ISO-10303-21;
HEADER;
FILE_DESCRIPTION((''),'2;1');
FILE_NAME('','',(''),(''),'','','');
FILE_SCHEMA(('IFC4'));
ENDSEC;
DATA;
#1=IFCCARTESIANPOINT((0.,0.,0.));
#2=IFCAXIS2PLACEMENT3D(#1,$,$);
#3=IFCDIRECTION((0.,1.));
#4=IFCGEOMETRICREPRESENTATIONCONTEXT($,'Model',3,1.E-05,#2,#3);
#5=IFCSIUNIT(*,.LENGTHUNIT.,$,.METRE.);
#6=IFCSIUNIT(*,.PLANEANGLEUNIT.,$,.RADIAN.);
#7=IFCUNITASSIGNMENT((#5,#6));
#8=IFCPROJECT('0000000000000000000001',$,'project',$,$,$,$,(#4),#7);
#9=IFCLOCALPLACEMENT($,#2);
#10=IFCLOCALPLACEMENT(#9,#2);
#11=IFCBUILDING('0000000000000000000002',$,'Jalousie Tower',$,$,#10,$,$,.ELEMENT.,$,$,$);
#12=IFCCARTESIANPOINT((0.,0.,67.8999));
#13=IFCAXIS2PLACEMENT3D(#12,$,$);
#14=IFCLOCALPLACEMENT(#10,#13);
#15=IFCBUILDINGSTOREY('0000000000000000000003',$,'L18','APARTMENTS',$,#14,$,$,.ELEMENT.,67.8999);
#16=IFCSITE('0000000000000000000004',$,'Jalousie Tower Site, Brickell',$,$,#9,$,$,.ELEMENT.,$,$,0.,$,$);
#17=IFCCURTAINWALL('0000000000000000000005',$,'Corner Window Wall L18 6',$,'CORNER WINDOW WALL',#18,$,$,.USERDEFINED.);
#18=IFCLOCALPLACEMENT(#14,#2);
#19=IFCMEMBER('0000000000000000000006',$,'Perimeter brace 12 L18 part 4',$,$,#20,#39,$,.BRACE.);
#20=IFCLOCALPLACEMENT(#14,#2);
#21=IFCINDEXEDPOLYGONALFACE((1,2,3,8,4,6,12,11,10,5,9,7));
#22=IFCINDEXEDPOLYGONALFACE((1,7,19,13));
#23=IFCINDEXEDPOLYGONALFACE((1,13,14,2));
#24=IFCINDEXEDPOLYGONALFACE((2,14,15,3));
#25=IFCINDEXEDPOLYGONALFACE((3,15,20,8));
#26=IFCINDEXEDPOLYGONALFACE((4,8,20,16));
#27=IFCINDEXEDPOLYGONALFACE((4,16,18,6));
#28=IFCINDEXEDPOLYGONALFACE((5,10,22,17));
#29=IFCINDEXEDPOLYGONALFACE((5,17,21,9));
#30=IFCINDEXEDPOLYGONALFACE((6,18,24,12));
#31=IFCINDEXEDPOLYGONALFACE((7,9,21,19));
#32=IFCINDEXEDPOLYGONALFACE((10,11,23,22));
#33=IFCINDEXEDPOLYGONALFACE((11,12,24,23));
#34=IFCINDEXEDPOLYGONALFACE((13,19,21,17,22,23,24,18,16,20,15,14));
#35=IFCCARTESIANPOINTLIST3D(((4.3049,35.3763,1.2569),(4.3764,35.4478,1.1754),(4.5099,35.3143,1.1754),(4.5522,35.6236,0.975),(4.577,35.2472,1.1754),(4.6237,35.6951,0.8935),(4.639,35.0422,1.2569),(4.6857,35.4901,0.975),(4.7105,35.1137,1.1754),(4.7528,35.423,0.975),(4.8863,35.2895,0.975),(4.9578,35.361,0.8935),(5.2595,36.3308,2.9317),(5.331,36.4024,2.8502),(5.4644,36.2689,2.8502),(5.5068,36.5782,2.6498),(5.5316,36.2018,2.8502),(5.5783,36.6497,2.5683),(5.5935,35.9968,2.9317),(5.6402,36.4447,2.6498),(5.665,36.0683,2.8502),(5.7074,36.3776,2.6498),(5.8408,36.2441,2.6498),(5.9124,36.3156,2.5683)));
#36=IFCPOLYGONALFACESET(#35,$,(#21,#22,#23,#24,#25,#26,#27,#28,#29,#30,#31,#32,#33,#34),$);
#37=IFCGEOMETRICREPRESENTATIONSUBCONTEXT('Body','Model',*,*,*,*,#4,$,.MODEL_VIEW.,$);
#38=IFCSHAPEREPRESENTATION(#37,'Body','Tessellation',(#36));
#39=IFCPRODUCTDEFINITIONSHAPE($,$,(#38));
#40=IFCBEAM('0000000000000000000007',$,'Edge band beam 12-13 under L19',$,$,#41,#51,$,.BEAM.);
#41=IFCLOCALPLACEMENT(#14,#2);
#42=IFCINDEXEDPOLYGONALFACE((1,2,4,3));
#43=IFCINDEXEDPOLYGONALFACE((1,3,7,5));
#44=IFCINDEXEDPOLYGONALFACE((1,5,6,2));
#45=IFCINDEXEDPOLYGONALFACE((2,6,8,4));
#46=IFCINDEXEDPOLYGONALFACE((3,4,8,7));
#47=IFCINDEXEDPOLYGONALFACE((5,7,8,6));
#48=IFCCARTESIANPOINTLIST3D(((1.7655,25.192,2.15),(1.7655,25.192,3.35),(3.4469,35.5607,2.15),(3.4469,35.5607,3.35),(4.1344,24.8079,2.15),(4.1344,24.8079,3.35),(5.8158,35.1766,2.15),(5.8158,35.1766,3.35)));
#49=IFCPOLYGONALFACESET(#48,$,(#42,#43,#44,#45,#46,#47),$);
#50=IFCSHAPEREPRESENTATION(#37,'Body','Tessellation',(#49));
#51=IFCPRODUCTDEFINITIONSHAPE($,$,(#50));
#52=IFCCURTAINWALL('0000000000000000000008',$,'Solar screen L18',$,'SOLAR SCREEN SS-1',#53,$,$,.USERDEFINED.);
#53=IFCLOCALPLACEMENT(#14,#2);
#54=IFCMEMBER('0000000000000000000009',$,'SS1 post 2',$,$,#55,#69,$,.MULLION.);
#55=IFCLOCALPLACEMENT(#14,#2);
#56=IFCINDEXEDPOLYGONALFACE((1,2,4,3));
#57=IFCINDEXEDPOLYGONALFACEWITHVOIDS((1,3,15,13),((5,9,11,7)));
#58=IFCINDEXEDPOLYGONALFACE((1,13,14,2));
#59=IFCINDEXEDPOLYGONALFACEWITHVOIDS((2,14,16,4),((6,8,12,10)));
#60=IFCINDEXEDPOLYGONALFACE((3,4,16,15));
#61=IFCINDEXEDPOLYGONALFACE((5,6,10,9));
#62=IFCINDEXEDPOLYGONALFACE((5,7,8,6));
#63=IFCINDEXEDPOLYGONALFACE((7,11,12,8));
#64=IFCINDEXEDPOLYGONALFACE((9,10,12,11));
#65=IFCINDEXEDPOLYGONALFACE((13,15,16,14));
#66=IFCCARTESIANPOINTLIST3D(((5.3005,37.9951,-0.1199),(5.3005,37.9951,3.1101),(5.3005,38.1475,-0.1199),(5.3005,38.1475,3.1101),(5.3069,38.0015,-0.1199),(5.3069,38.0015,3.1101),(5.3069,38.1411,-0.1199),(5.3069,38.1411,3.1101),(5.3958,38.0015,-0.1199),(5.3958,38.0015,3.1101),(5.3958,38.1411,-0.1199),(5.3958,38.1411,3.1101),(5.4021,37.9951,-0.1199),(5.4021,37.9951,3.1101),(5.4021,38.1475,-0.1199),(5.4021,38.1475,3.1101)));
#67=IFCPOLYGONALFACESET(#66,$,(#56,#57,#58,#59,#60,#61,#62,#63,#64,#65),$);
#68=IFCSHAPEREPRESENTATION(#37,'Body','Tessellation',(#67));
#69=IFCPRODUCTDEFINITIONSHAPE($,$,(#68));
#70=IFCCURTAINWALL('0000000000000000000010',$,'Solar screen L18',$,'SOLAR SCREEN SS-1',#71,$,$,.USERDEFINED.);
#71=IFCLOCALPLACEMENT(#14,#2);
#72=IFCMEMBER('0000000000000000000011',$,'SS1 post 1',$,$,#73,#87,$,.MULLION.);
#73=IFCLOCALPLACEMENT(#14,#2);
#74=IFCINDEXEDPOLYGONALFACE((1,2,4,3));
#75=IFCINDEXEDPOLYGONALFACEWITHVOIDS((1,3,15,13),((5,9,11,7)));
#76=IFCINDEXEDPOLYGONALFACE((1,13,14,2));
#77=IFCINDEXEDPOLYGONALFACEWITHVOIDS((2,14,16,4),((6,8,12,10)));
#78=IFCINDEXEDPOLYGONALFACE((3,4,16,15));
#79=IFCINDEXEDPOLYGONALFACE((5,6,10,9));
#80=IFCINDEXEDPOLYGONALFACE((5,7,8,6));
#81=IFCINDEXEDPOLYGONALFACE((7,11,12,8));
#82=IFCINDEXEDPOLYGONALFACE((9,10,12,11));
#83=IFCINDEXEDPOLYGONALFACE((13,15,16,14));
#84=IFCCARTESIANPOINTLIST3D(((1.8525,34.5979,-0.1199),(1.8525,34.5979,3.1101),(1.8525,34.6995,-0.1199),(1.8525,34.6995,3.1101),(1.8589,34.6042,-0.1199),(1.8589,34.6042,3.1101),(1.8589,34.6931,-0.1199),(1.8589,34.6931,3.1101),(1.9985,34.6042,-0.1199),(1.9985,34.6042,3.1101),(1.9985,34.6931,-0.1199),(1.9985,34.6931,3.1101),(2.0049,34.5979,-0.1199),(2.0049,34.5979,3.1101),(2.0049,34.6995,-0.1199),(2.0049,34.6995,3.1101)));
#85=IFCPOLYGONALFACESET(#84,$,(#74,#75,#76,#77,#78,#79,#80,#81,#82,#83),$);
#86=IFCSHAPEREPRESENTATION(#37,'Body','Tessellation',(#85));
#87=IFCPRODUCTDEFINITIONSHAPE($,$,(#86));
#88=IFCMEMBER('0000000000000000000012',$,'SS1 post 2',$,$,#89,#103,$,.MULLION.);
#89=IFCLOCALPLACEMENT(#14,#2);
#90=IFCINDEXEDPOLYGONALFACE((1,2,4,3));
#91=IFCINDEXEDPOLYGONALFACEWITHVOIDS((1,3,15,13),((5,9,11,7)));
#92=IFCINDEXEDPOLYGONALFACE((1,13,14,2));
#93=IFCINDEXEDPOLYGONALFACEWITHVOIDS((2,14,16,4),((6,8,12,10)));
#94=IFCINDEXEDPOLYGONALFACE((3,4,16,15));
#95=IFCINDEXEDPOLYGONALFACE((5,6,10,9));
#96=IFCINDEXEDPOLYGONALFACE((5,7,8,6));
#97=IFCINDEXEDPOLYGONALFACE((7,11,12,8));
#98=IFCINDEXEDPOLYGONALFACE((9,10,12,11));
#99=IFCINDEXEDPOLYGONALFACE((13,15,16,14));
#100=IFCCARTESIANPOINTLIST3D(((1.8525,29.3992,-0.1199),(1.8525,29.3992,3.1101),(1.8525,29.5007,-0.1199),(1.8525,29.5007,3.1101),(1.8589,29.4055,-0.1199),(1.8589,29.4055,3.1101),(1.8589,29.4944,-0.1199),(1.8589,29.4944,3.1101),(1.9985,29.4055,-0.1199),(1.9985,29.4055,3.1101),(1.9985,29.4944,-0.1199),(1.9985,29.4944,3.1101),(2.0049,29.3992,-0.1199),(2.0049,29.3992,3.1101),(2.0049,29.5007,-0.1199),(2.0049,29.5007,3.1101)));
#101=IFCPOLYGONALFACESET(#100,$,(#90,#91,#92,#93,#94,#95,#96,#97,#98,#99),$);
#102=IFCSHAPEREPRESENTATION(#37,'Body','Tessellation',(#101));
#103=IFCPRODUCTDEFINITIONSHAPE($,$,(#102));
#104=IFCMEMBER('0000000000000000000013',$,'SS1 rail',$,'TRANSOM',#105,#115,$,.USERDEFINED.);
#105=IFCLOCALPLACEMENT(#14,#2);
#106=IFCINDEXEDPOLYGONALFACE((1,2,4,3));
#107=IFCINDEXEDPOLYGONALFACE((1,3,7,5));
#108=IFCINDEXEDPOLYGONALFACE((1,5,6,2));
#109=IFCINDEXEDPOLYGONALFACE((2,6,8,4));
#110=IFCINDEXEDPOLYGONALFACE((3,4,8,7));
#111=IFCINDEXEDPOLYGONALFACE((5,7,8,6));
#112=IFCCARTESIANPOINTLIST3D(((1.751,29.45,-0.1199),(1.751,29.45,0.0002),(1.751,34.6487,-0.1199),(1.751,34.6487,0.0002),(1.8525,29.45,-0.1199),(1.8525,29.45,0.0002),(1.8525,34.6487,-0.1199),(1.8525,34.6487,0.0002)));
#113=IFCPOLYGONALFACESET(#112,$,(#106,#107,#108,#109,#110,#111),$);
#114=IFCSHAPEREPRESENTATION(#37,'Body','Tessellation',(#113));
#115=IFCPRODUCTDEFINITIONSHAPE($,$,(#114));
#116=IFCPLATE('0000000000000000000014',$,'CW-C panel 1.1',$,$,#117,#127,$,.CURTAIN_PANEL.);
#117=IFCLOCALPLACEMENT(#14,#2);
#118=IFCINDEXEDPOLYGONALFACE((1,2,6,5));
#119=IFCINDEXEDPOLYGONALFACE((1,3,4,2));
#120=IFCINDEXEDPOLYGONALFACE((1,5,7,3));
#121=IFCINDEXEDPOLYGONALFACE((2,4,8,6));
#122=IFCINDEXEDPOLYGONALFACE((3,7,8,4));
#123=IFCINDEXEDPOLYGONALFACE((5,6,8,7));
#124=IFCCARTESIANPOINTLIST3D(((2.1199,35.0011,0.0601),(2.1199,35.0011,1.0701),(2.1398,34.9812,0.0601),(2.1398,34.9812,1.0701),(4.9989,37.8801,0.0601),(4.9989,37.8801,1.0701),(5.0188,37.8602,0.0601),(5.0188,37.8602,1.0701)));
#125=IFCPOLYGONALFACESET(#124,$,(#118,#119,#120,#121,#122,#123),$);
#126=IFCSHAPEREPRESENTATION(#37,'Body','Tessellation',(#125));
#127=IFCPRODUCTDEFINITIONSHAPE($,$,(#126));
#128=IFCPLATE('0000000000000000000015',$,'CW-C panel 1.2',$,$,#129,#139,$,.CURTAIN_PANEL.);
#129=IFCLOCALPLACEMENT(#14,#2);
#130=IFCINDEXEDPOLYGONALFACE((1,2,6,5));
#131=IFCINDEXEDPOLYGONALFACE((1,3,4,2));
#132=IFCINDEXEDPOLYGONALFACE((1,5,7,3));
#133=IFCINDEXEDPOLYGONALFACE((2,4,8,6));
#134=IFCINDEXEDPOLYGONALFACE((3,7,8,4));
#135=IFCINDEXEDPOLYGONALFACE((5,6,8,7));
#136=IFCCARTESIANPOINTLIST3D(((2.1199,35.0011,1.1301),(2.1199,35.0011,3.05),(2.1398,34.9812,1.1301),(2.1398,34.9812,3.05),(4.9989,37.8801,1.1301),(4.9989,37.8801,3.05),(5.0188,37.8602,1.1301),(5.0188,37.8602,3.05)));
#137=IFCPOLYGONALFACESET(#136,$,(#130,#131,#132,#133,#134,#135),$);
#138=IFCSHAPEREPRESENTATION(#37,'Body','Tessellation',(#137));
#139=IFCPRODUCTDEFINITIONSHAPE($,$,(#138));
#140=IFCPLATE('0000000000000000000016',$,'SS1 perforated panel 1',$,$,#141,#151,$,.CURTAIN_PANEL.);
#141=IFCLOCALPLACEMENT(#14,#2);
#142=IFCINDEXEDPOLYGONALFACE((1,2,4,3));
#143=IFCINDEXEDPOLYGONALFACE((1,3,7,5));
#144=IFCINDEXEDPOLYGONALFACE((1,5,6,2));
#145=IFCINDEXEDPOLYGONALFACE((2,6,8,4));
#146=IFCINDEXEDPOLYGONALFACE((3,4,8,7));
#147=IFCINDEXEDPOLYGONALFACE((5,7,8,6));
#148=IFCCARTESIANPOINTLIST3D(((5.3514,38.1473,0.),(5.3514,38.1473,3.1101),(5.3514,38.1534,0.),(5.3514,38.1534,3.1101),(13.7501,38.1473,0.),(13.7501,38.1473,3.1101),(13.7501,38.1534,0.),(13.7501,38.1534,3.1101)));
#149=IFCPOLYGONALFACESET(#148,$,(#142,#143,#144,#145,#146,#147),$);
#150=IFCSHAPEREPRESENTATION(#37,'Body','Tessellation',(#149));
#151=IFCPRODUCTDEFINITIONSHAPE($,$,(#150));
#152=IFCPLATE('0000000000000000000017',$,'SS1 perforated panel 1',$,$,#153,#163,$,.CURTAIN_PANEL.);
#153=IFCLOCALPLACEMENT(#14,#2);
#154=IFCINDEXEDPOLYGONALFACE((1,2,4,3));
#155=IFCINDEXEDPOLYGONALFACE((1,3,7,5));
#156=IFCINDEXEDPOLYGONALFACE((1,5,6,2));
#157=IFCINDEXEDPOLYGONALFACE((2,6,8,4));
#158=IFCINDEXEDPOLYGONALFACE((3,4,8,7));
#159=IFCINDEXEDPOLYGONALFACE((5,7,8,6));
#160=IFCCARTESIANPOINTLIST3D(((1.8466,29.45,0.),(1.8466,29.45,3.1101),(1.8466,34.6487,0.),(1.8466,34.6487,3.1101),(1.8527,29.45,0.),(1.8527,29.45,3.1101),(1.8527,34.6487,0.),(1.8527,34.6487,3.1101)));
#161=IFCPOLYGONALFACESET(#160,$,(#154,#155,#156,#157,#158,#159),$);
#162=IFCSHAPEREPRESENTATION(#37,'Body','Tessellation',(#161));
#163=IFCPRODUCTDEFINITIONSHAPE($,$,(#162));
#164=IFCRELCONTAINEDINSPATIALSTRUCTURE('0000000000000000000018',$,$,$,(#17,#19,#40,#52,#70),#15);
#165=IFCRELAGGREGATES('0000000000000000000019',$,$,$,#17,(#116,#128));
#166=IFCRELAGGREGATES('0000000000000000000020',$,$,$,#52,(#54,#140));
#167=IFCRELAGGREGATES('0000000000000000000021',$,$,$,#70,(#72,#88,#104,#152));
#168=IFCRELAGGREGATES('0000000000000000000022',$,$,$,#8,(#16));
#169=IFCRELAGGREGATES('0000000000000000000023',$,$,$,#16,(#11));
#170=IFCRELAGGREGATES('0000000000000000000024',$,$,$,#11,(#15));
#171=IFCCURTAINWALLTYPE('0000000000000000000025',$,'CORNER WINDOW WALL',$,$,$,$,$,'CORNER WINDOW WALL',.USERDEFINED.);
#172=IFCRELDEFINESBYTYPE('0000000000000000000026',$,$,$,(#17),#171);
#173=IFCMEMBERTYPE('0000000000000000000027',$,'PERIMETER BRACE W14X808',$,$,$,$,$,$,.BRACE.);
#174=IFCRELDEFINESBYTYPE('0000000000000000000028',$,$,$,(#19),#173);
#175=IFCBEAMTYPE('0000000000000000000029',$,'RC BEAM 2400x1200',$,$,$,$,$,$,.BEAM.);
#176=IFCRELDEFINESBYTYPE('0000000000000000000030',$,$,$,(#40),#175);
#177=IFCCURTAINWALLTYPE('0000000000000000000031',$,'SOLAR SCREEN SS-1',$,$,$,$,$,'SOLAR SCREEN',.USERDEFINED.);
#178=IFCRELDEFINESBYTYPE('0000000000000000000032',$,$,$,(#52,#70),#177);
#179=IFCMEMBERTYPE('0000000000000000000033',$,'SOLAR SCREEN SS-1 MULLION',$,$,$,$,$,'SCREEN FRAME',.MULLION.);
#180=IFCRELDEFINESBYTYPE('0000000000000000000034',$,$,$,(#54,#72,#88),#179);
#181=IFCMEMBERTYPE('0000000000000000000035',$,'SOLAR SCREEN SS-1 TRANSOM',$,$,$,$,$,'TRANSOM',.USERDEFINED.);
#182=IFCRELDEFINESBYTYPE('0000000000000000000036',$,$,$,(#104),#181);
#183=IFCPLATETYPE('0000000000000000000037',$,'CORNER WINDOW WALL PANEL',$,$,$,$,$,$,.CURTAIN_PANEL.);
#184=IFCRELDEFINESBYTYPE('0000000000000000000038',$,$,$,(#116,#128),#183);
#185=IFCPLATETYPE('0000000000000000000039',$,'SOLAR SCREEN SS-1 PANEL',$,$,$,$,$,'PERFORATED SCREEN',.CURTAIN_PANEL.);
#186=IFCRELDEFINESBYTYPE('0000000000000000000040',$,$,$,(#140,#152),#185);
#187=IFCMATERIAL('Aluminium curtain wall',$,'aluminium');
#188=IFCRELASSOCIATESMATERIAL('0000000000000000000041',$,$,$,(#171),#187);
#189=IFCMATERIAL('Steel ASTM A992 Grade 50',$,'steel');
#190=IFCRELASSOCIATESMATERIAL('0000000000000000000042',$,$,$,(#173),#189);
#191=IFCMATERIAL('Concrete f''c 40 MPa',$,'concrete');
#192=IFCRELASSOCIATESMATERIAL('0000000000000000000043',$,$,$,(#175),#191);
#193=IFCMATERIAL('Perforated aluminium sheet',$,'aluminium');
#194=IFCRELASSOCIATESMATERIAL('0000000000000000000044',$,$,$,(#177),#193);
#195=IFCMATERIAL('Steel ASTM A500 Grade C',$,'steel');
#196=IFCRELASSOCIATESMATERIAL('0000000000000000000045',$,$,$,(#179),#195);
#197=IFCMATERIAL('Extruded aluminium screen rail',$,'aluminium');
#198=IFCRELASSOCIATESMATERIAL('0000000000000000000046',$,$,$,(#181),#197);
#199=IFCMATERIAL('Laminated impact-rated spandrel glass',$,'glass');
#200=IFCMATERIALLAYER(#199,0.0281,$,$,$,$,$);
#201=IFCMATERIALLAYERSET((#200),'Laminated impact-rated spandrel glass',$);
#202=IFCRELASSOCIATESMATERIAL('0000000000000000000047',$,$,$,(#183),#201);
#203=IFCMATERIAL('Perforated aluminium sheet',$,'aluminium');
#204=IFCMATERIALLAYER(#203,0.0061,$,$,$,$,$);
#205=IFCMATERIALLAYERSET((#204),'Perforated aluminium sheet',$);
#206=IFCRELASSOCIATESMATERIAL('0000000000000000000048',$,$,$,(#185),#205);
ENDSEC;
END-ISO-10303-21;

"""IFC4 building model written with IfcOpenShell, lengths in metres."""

from ifc_helpers import new_model, si_unit, direction, frame, origin, origin_2d, place, context, subcontext, project, spatial, rectangle, hollow_rectangle, i_section, extrude, material, layer, layer_set, material_profile, profile_set, type_object, element, aggregate, save


model = new_model("IFC4")

# Units and contexts
model_context = context("Model", 3, precision=1e-05, world=origin(), true_north=direction((0.0, 1.0)))
body_context = subcontext(model_context, "Body", "Model", "MODEL_VIEW")
ifc_project = project(units=[si_unit("LENGTHUNIT", "METRE"), si_unit("PLANEANGLEUNIT", "RADIAN")], contexts=[model_context])

# Site, building, storey
site_placement = place(None, origin())
site = spatial("IfcSite", under=ifc_project, at=site_placement, Name="Jalousie Tower Site, Brickell", CompositionType="ELEMENT", RefElevation=0.0)
building_placement = place(site_placement, origin())
building = spatial("IfcBuilding", under=site, at=building_placement, Name="Jalousie Tower", CompositionType="ELEMENT")
storey_placement = place(building_placement, frame((0.0, 0.0, 67.8999)))
storey = spatial("IfcBuildingStorey", under=building, at=storey_placement, Name="L18", Description="APARTMENTS", CompositionType="ELEMENT", Elevation=67.8999)

# Curtain wall
ifc_material_1 = material(Name="Aluminium curtain wall", Category="aluminium")
curtain_wall_type_1 = type_object("IfcCurtainWallType", Name="CORNER WINDOW WALL", ElementType="CORNER WINDOW WALL", PredefinedType="USERDEFINED", material=ifc_material_1)
curtain_wall_1_placement = place(storey_placement, origin())
curtain_wall_1 = element("IfcCurtainWall", 1, at=curtain_wall_1_placement, inside=storey, type_object=curtain_wall_type_1, Name="Corner Window Wall L18 6", ObjectType="CORNER WINDOW WALL", PredefinedType="USERDEFINED")

# Member
ifc_material_2 = material(Name="Steel ASTM A992 Grade 50", Category="steel")
ifc_material_profile_1 = material_profile(ifc_material_2, i_section(OverallWidth=0.4724, OverallDepth=0.5791, WebThickness=0.095, FlangeThickness=0.1299, at=origin_2d()), Name="W14X808")
ifc_profile_set_1 = profile_set([ifc_material_profile_1], Name="Steel ASTM A992 Grade 50")
member_type_1 = type_object("IfcMemberType", Name="PERIMETER BRACE W14X808", PredefinedType="BRACE", material=ifc_profile_set_1)
member_1_placement = place(storey_placement, frame((4.6313, 35.3687, 1.0752), z_axis=(0.443758, 0.443758, 0.778562), x_axis=(-0.707107, 0.707107, 0.0)))
element("IfcMember", 2, at=member_1_placement, inside=storey, type_object=member_type_1, Name="Perimeter brace 12 L18 part 4", PredefinedType="BRACE", context=body_context, shape_type="SweptSolid", body=[
    extrude(i_section(OverallWidth=0.4724, OverallDepth=0.5791, WebThickness=0.095, FlangeThickness=0.1299, at=origin_2d()), origin(), (0.0, 0.0, 1.0), 2.1511),
])

# Beam
ifc_material_3 = material(Name="Concrete f'c 40 MPa", Category="concrete")
ifc_material_profile_2 = material_profile(ifc_material_3, rectangle(XDim=2.3999, YDim=1.2, at=origin_2d()), Name="RC 2400x1200")
ifc_profile_set_2 = profile_set([ifc_material_profile_2], Name="Concrete f'c 40 MPa")
beam_type_1 = type_object("IfcBeamType", Name="RC BEAM 2400x1200", PredefinedType="BEAM", material=ifc_profile_set_2)
beam_1_placement = place(storey_placement, frame((4.6313, 35.3687, 2.75), z_axis=(-0.160071, -0.987106, 0.0), x_axis=(0.987106, -0.160071, 0.0)))
element("IfcBeam", 3, at=beam_1_placement, inside=storey, type_object=beam_type_1, Name="Edge band beam 12-13 under L19", PredefinedType="BEAM", context=body_context, shape_type="SweptSolid", body=[
    extrude(rectangle(XDim=2.3999, YDim=1.2, at=origin_2d()), origin(), (0.0, 0.0, 1.0), 10.5042),
])

# Curtain wall, member
ifc_material_4 = material(Name="Perforated aluminium sheet", Category="aluminium")
curtain_wall_type_2 = type_object("IfcCurtainWallType", Name="SOLAR SCREEN SS-1", ElementType="SOLAR SCREEN", PredefinedType="USERDEFINED", material=ifc_material_4)
curtain_wall_2_placement = place(storey_placement, origin())
curtain_wall_2 = element("IfcCurtainWall", 4, at=curtain_wall_2_placement, inside=storey, type_object=curtain_wall_type_2, Name="Solar screen L18", ObjectType="SOLAR SCREEN SS-1", PredefinedType="USERDEFINED")
ifc_material_5 = material(Name="Steel ASTM A500 Grade C", Category="steel")
ifc_material_profile_3 = material_profile(ifc_material_5, hollow_rectangle(XDim=0.1016, YDim=0.1523, WallThickness=0.0063, at=origin_2d()), Name="HSS6X4X1/4")
ifc_profile_set_3 = profile_set([ifc_material_profile_3], Name="Steel ASTM A500 Grade C")
member_type_2 = type_object("IfcMemberType", Name="SOLAR SCREEN SS-1 MULLION", ElementType="SCREEN FRAME", PredefinedType="MULLION", material=ifc_profile_set_3)
member_2_placement = place(storey_placement, frame((5.3513, 38.0713, -0.1199), z_axis=(0.0, 0.0, 1.0), x_axis=(-1.0, 0.0, 0.0)))
member_2 = element("IfcMember", 5, at=member_2_placement, type_object=member_type_2, Name="SS1 post 2", PredefinedType="MULLION", context=body_context, shape_type="SweptSolid", body=[
    extrude(hollow_rectangle(XDim=0.1016, YDim=0.1523, WallThickness=0.0063, at=origin_2d()), origin(), (0.0, 0.0, 1.0), 3.23),
])

# Curtain wall, members
curtain_wall_3_placement = place(storey_placement, origin())
curtain_wall_3 = element("IfcCurtainWall", 6, at=curtain_wall_3_placement, inside=storey, type_object=curtain_wall_type_2, Name="Solar screen L18", ObjectType="SOLAR SCREEN SS-1", PredefinedType="USERDEFINED")
member_3_placement = place(storey_placement, frame((1.9287, 34.6487, -0.1199), z_axis=(0.0, 0.0, 1.0), x_axis=(0.0, -1.0, 0.0)))
member_3 = element("IfcMember", 7, at=member_3_placement, type_object=member_type_2, Name="SS1 post 1", PredefinedType="MULLION", context=body_context, shape_type="SweptSolid", body=[
    extrude(hollow_rectangle(XDim=0.1016, YDim=0.1523, WallThickness=0.0063, at=origin_2d()), origin(), (0.0, 0.0, 1.0), 3.23),
])
member_4_placement = place(storey_placement, frame((1.9287, 29.45, -0.1199), z_axis=(0.0, 0.0, 1.0), x_axis=(0.0, -1.0, 0.0)))
member_4 = element("IfcMember", 8, at=member_4_placement, type_object=member_type_2, Name="SS1 post 2", PredefinedType="MULLION", context=body_context, shape_type="SweptSolid", body=[
    extrude(hollow_rectangle(XDim=0.1016, YDim=0.1523, WallThickness=0.0063, at=origin_2d()), origin(), (0.0, 0.0, 1.0), 3.23),
])
ifc_material_6 = material(Name="Extruded aluminium screen rail", Category="aluminium")
ifc_material_profile_4 = material_profile(ifc_material_6, rectangle(XDim=0.1016, YDim=0.1201, at=origin_2d()), Name="RAIL 102x120")
ifc_profile_set_4 = profile_set([ifc_material_profile_4], Name="Extruded aluminium screen rail")
member_type_3 = type_object("IfcMemberType", Name="SOLAR SCREEN SS-1 TRANSOM", ElementType="TRANSOM", PredefinedType="USERDEFINED", material=ifc_profile_set_4)
member_5_placement = place(storey_placement, frame((1.8018, 34.6487, -0.0598), z_axis=(0.0, -1.0, 0.0), x_axis=(1.0, 0.0, 0.0)))
member_5 = element("IfcMember", 9, at=member_5_placement, type_object=member_type_3, Name="SS1 rail", ObjectType="TRANSOM", PredefinedType="USERDEFINED", context=body_context, shape_type="SweptSolid", body=[
    extrude(rectangle(XDim=0.1016, YDim=0.1201, at=origin_2d()), origin(), (0.0, 0.0, 1.0), 5.1987),
])

# Plates
ifc_material_7 = material(Name="Laminated impact-rated spandrel glass", Category="glass")
ifc_layer_1 = layer(ifc_material_7, 0.0281)
ifc_layer_set_1 = layer_set([ifc_layer_1], Name="Laminated impact-rated spandrel glass")
plate_type_1 = type_object("IfcPlateType", Name="CORNER WINDOW WALL PANEL", PredefinedType="CURTAIN_PANEL", material=ifc_layer_set_1)
plate_1_placement = place(storey_placement, frame((3.5693, 36.4307, 0.0601), z_axis=(0.0, 0.0, 1.0), x_axis=(-0.707107, -0.707107, 0.0)))
plate_1 = element("IfcPlate", 10, at=plate_1_placement, type_object=plate_type_1, Name="CW-C panel 1.1", PredefinedType="CURTAIN_PANEL", context=body_context, shape_type="SweptSolid", body=[
    extrude(rectangle(XDim=4.0715, YDim=0.0281, at=origin_2d()), origin(), (0.0, 0.0, 1.0), 1.01),
])
plate_2_placement = place(storey_placement, frame((3.5693, 36.4307, 1.1301), z_axis=(0.0, 0.0, 1.0), x_axis=(-0.707107, -0.707107, 0.0)))
plate_2 = element("IfcPlate", 11, at=plate_2_placement, type_object=plate_type_1, Name="CW-C panel 1.2", PredefinedType="CURTAIN_PANEL", context=body_context, shape_type="SweptSolid", body=[
    extrude(rectangle(XDim=4.0715, YDim=0.0281, at=origin_2d()), origin(), (0.0, 0.0, 1.0), 1.9199),
])
aggregate(curtain_wall_1, [plate_1, plate_2])
ifc_material_8 = material(Name="Perforated aluminium sheet", Category="aluminium")
ifc_layer_2 = layer(ifc_material_8, 0.0061)
ifc_layer_set_2 = layer_set([ifc_layer_2], Name="Perforated aluminium sheet")
plate_type_2 = type_object("IfcPlateType", Name="SOLAR SCREEN SS-1 PANEL", ElementType="PERFORATED SCREEN", PredefinedType="CURTAIN_PANEL", material=ifc_layer_set_2)
plate_3_placement = place(storey_placement, frame((9.5508, 38.1504, 0.0), z_axis=(0.0, 0.0, 1.0), x_axis=(-1.0, 0.0, 0.0)))
plate_3 = element("IfcPlate", 12, at=plate_3_placement, type_object=plate_type_2, Name="SS1 perforated panel 1", PredefinedType="CURTAIN_PANEL", context=body_context, shape_type="SweptSolid", body=[
    extrude(rectangle(XDim=8.3987, YDim=0.0061, at=origin_2d()), origin(), (0.0, 0.0, 1.0), 3.1101),
])
aggregate(curtain_wall_2, [member_2, plate_3])
plate_4_placement = place(storey_placement, frame((1.8496, 32.0493, 0.0), z_axis=(0.0, 0.0, 1.0), x_axis=(0.0, -1.0, 0.0)))
plate_4 = element("IfcPlate", 13, at=plate_4_placement, type_object=plate_type_2, Name="SS1 perforated panel 1", PredefinedType="CURTAIN_PANEL", context=body_context, shape_type="SweptSolid", body=[
    extrude(rectangle(XDim=5.1987, YDim=0.0061, at=origin_2d()), origin(), (0.0, 0.0, 1.0), 3.1101),
])
aggregate(curtain_wall_3, [member_3, member_4, member_5, plate_4])

save(model, "model.ifc")
